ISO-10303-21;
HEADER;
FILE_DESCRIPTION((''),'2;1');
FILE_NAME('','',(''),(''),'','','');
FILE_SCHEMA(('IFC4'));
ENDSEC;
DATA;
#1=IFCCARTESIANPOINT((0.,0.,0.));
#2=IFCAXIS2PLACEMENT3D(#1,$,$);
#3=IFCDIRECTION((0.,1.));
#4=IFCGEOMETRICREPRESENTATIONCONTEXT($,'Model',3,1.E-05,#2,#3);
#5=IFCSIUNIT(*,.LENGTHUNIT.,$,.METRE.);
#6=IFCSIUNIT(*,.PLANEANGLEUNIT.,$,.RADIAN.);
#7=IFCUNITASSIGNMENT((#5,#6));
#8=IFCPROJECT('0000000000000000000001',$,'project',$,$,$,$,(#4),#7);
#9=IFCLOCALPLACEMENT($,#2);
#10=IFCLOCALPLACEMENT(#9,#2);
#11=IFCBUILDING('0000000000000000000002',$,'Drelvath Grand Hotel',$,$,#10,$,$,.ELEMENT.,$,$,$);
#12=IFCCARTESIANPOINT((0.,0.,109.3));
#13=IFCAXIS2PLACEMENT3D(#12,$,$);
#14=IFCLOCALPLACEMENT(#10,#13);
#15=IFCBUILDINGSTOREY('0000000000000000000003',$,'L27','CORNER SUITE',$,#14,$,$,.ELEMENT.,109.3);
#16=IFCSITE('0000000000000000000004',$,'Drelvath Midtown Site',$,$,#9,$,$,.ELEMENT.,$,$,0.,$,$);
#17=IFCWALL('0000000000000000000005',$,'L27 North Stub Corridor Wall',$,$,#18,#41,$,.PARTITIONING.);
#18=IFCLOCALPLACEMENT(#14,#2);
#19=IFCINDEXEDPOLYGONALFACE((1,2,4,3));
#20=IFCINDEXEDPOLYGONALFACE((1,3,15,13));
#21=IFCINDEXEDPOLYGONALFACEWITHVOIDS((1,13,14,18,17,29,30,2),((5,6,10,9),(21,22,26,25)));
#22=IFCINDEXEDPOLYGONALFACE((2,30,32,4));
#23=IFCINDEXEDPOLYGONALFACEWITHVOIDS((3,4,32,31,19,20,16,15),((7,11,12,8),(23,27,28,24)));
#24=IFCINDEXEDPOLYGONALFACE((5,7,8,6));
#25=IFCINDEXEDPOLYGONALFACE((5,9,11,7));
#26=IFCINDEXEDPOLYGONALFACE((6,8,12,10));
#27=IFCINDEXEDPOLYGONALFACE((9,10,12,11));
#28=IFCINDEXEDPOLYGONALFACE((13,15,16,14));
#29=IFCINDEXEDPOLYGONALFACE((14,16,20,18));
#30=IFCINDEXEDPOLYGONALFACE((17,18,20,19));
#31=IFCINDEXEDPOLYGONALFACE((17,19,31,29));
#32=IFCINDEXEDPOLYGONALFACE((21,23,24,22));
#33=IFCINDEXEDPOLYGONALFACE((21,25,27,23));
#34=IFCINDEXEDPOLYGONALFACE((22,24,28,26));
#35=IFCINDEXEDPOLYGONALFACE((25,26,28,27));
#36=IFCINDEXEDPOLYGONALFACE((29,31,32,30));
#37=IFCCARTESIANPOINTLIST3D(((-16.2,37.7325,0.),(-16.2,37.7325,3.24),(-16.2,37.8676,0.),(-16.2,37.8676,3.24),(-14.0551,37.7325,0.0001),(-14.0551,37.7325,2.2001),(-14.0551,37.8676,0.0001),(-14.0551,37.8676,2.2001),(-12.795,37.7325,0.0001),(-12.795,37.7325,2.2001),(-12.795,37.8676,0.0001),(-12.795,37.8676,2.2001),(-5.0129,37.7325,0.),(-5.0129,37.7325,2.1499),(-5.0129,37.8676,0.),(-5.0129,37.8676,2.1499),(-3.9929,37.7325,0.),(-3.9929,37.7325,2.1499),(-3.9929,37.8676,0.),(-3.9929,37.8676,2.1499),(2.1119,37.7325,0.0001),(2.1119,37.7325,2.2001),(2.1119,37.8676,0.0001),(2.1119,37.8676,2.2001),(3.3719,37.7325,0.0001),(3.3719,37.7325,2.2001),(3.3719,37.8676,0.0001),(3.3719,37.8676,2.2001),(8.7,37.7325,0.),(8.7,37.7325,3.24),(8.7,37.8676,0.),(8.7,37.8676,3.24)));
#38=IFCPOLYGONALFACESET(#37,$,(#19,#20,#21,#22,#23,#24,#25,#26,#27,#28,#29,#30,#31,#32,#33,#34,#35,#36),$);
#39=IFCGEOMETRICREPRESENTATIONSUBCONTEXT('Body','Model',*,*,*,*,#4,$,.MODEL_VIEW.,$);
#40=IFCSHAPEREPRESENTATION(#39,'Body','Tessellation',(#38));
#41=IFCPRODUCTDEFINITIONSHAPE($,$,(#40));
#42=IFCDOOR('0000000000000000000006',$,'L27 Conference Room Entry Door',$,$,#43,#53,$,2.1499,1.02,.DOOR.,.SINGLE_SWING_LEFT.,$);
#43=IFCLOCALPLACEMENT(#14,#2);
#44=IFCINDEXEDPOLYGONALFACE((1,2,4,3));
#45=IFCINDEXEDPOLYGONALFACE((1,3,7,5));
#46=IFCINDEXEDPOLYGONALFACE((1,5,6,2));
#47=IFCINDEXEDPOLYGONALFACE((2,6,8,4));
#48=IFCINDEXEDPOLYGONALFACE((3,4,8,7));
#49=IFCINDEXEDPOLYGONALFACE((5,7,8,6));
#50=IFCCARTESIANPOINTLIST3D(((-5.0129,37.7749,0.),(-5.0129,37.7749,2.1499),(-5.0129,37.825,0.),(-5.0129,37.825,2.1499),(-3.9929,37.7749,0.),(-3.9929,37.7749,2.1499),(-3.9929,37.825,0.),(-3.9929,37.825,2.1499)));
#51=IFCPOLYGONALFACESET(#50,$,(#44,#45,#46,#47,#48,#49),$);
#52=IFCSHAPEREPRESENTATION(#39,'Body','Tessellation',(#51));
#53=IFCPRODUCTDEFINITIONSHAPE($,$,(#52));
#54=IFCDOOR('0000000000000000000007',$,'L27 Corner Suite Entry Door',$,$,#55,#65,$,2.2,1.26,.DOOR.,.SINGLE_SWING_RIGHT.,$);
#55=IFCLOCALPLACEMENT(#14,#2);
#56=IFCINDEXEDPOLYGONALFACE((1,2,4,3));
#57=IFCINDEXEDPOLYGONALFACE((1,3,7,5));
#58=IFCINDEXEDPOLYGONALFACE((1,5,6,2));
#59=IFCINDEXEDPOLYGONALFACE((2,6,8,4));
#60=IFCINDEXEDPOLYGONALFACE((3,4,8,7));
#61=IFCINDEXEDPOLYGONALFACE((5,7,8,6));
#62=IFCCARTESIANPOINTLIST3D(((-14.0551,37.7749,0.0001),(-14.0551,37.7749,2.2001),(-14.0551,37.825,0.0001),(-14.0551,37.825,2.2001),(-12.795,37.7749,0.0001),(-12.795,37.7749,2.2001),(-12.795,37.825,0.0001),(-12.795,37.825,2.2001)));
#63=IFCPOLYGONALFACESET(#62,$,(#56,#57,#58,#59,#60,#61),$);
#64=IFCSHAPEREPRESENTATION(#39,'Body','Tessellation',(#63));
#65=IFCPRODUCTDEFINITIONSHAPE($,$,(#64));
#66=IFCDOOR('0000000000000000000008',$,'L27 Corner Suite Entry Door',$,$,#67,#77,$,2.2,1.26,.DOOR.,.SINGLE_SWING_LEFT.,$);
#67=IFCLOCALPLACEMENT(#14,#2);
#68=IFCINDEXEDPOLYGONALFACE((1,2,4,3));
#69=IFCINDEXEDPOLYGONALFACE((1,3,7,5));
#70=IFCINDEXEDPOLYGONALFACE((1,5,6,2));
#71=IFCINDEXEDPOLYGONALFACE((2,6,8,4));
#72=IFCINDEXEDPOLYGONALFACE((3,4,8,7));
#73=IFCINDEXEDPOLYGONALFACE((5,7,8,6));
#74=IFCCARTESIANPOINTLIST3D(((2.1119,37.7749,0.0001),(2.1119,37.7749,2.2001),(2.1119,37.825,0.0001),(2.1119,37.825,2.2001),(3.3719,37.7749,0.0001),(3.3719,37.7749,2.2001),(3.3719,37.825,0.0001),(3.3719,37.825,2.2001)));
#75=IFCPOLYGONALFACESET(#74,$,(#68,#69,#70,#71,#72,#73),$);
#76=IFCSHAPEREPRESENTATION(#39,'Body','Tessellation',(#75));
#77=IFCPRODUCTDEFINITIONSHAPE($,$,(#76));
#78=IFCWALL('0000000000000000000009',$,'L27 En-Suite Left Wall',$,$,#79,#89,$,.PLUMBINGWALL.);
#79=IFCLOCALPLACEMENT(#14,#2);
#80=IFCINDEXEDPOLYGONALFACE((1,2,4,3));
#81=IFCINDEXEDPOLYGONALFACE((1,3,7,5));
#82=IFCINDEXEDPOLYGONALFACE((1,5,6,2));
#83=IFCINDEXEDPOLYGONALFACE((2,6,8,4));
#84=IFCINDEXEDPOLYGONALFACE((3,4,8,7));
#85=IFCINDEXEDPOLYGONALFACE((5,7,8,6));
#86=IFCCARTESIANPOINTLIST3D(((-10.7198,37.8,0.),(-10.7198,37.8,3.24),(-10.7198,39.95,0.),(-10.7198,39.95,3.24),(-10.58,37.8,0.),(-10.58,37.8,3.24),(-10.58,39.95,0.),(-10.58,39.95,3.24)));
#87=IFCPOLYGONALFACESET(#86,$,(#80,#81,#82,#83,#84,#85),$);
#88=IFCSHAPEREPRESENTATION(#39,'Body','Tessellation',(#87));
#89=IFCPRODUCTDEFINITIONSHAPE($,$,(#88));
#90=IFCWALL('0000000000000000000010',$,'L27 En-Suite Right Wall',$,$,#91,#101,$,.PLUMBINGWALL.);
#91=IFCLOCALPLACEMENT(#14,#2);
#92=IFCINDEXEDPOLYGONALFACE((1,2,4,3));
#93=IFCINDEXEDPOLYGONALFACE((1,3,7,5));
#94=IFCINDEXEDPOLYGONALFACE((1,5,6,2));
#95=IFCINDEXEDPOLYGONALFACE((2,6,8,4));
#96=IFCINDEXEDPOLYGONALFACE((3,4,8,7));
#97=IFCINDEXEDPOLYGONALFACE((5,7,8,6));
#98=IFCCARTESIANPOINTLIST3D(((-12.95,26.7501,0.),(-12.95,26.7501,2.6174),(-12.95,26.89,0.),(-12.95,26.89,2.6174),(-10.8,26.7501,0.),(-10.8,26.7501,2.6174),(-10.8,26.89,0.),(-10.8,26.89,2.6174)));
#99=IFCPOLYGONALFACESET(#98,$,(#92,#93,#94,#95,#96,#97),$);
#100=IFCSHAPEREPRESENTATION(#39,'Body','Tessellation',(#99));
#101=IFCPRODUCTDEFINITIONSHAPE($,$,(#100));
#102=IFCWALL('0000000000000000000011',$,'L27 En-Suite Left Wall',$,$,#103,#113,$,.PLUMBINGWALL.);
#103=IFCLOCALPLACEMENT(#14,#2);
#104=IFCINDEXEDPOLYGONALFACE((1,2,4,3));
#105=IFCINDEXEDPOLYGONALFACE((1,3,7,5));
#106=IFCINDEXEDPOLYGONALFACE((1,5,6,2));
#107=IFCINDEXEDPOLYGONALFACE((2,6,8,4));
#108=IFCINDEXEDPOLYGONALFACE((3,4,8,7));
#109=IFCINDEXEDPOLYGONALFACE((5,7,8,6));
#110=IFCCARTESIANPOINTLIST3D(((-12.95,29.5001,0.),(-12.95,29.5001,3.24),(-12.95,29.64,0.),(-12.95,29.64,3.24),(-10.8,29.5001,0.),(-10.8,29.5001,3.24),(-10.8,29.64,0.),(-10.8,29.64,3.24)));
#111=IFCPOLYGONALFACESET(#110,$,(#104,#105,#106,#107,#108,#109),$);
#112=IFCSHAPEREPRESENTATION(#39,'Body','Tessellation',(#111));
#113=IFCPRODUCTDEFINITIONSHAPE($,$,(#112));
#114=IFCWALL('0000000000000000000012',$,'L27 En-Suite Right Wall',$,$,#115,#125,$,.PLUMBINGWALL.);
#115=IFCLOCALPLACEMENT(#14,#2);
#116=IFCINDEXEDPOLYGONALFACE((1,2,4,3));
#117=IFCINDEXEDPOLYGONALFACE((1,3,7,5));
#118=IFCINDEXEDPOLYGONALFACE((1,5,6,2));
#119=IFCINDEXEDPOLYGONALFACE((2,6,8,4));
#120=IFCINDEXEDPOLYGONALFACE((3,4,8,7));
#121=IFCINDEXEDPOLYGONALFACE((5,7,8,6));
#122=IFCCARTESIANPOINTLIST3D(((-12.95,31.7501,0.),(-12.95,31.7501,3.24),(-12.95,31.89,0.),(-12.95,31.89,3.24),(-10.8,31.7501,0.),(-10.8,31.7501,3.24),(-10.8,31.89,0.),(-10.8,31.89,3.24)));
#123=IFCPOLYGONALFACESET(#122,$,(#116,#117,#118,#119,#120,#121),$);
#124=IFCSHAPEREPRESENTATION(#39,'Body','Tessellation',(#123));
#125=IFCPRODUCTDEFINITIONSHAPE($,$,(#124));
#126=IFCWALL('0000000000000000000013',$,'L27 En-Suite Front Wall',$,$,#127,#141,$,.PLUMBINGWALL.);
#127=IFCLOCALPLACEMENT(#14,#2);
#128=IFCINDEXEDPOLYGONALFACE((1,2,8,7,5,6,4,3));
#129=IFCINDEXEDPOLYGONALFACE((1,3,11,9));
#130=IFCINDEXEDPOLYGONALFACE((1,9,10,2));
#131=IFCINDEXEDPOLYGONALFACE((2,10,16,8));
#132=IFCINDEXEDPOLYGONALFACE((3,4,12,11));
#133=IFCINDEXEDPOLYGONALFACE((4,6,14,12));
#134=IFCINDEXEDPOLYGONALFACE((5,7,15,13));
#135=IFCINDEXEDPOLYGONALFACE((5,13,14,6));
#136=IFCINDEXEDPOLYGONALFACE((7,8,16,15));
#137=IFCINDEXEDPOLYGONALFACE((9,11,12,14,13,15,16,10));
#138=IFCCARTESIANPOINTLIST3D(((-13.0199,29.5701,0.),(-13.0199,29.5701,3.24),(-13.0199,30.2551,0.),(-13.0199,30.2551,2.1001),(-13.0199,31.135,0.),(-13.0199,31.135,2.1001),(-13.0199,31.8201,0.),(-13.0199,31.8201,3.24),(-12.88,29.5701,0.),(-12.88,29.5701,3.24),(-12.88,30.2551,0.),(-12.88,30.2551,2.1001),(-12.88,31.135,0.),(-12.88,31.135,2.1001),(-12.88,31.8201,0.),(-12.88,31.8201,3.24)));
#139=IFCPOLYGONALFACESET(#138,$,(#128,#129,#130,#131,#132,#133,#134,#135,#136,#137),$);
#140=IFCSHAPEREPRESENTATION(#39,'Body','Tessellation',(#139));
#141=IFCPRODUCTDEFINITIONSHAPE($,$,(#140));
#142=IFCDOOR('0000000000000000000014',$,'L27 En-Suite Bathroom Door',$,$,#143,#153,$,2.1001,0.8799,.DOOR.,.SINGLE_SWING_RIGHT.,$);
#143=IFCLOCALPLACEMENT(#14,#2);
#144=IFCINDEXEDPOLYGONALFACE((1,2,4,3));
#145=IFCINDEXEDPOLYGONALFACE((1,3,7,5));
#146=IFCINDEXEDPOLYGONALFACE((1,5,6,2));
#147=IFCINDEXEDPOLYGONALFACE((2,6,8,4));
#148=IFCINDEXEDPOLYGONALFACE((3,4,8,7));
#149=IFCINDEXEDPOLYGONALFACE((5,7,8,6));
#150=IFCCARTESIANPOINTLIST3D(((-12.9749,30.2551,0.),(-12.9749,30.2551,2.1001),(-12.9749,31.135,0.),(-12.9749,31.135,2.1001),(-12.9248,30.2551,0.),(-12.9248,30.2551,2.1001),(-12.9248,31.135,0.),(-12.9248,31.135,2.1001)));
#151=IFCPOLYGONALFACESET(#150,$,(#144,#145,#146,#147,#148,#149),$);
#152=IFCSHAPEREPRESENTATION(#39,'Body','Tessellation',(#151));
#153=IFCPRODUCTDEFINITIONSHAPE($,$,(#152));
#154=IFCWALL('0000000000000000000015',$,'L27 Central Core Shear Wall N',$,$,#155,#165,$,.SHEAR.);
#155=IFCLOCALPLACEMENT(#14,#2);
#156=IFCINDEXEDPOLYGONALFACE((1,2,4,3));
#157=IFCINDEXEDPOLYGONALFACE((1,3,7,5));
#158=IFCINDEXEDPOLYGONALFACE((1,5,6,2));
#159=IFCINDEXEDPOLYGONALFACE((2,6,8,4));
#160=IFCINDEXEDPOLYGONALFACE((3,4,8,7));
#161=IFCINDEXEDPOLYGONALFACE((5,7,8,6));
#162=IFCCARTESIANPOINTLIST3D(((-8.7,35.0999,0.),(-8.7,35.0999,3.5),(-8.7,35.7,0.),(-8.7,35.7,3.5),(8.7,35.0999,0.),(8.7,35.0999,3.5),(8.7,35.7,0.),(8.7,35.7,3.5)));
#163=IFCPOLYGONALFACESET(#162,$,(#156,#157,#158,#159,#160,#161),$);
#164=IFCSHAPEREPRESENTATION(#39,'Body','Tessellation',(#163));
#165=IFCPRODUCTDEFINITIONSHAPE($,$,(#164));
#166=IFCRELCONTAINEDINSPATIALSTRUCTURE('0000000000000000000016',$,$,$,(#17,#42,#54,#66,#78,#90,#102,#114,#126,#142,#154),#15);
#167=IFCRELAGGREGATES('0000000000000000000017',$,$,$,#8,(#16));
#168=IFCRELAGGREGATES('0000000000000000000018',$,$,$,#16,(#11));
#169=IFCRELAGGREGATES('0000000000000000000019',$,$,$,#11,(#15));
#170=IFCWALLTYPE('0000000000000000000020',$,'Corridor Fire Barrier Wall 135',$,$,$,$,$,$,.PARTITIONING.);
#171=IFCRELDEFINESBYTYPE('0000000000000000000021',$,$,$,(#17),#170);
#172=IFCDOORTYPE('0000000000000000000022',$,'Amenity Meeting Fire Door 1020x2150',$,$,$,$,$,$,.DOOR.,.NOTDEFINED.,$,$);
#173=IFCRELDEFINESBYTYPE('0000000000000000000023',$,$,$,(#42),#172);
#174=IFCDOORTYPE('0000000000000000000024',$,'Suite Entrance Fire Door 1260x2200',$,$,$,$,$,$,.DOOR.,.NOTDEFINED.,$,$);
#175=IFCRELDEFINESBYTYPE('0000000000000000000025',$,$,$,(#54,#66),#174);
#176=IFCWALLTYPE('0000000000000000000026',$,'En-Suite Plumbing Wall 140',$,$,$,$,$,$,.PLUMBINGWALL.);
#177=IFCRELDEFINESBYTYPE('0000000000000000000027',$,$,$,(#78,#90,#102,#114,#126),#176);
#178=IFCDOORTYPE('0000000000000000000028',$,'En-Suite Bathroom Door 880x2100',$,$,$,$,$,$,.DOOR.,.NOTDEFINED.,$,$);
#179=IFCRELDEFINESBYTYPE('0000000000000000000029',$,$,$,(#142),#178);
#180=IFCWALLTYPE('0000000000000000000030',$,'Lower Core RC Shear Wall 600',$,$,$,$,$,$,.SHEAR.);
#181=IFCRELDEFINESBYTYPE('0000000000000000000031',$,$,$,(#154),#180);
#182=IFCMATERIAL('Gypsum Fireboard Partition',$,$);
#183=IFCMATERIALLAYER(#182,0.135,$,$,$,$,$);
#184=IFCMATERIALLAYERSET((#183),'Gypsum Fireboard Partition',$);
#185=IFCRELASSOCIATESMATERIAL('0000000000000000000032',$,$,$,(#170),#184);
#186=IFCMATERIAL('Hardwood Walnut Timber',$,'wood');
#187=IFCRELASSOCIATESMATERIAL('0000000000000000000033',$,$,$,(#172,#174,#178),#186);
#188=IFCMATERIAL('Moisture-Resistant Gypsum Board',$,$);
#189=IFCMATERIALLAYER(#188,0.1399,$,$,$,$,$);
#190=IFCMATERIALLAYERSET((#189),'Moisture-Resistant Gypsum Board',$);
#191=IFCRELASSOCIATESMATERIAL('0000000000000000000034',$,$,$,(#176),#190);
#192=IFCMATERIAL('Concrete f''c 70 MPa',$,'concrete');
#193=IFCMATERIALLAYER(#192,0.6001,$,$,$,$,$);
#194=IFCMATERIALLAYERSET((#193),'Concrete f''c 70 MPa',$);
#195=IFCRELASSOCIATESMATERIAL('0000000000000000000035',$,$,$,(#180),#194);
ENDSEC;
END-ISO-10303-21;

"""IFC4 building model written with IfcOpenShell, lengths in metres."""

from ifc_helpers import new_model, si_unit, direction, frame, frame_2d, origin, place, context, subcontext, project, spatial, rectangle, extrude, material, layer, layer_set, type_object, element, fill, save


model = new_model("IFC4")

# Units and contexts
model_context = context("Model", 3, precision=1e-05, world=origin(), true_north=direction((0.0, 1.0)))
body_context = subcontext(model_context, "Body", "Model", "MODEL_VIEW")
ifc_project = project(units=[si_unit("LENGTHUNIT", "METRE"), si_unit("PLANEANGLEUNIT", "RADIAN")], contexts=[model_context])

# Site, building, storey
site_placement = place(None, origin())
site = spatial("IfcSite", under=ifc_project, at=site_placement, Name="Drelvath Midtown Site", CompositionType="ELEMENT", RefElevation=0.0)
building_placement = place(site_placement, origin())
building = spatial("IfcBuilding", under=site, at=building_placement, Name="Drelvath Grand Hotel", CompositionType="ELEMENT")
storey_placement = place(building_placement, frame((0.0, 0.0, 109.3)))
storey = spatial("IfcBuildingStorey", under=building, at=storey_placement, Name="L27", Description="CORNER SUITE", CompositionType="ELEMENT", Elevation=109.3)

# Shared definitions
ifc_material_1 = material(Name="Gypsum Fireboard Partition")
ifc_layer_1 = layer(ifc_material_1, 0.135)
ifc_layer_set_1 = layer_set([ifc_layer_1], Name="Gypsum Fireboard Partition")
wall_type_1 = type_object("IfcWallType", Name="Corridor Fire Barrier Wall 135", PredefinedType="PARTITIONING", material=ifc_layer_set_1)

# Wall, openings, doors
wall_1_placement = place(storey_placement, frame((-16.2, 37.8, 0.0), z_axis=(0.0, 0.0, 1.0), x_axis=(1.0, 0.0, 0.0)))
wall_1 = element("IfcWall", 1, at=wall_1_placement, inside=storey, type_object=wall_type_1, Name="L27 North Stub Corridor Wall", PredefinedType="PARTITIONING", context=body_context, shape_type="SweptSolid", body=[
    extrude(rectangle(XDim=24.8999, YDim=0.135, at=frame_2d((12.45, 0.0))), origin(), (0.0, 0.0, 1.0), 3.24),
])
opening_1_placement = place(wall_1_placement, frame((2.145, 0.0, 0.0)))
opening_1 = element("IfcOpeningElement", 2, at=opening_1_placement, cuts=wall_1, PredefinedType="OPENING", context=body_context, shape_type="SweptSolid", body=[
    extrude(rectangle(XDim=1.26, YDim=2.2, at=frame_2d((0.6299, 1.1001))), frame((0.0, 0.0774, 0.0), z_axis=(0.0, -1.0, 0.0), x_axis=(1.0, 0.0, 0.0)), (0.0, 0.0, 1.0), 0.155),
])
opening_2_placement = place(wall_1_placement, frame((11.187, 0.0, 0.0)))
opening_2 = element("IfcOpeningElement", 3, at=opening_2_placement, cuts=wall_1, PredefinedType="OPENING", context=body_context, shape_type="SweptSolid", body=[
    extrude(rectangle(XDim=1.02, YDim=2.1499, at=frame_2d((0.51, 1.075))), frame((0.0, 0.0774, 0.0), z_axis=(0.0, -1.0, 0.0), x_axis=(1.0, 0.0, 0.0)), (0.0, 0.0, 1.0), 0.155),
])
opening_3_placement = place(wall_1_placement, frame((18.312, 0.0, 0.0)))
opening_3 = element("IfcOpeningElement", 4, at=opening_3_placement, cuts=wall_1, PredefinedType="OPENING", context=body_context, shape_type="SweptSolid", body=[
    extrude(rectangle(XDim=1.26, YDim=2.2, at=frame_2d((0.6299, 1.1001))), frame((0.0, 0.0774, 0.0), z_axis=(0.0, -1.0, 0.0), x_axis=(1.0, 0.0, 0.0)), (0.0, 0.0, 1.0), 0.155),
])
ifc_material_2 = material(Name="Hardwood Walnut Timber", Category="wood")
door_type_1 = type_object("IfcDoorType", Name="Amenity Meeting Fire Door 1020x2150", OperationType="NOTDEFINED", PredefinedType="DOOR", material=ifc_material_2)
door_1_placement = place(opening_2_placement, origin())
door_1 = element("IfcDoor", 5, at=door_1_placement, inside=storey, type_object=door_type_1, Name="L27 Conference Room Entry Door", OperationType="SINGLE_SWING_LEFT", OverallHeight=2.1499, OverallWidth=1.02, PredefinedType="DOOR", context=body_context, shape_type="SweptSolid", body=[
    extrude(rectangle(XDim=1.02, YDim=2.1499, at=frame_2d((0.51, 1.075))), frame((0.0, 0.0249, 0.0), z_axis=(0.0, -1.0, 0.0), x_axis=(1.0, 0.0, 0.0)), (0.0, 0.0, 1.0), 0.05),
])
fill(opening_2, door_1)
door_type_2 = type_object("IfcDoorType", Name="Suite Entrance Fire Door 1260x2200", OperationType="NOTDEFINED", PredefinedType="DOOR", material=ifc_material_2)
door_2_placement = place(opening_1_placement, origin())
door_2 = element("IfcDoor", 6, at=door_2_placement, inside=storey, type_object=door_type_2, Name="L27 Corner Suite Entry Door", OperationType="SINGLE_SWING_RIGHT", OverallHeight=2.2, OverallWidth=1.26, PredefinedType="DOOR", context=body_context, shape_type="SweptSolid", body=[
    extrude(rectangle(XDim=1.26, YDim=2.2, at=frame_2d((0.6299, 1.1001))), frame((0.0, 0.0249, 0.0), z_axis=(0.0, -1.0, 0.0), x_axis=(1.0, 0.0, 0.0)), (0.0, 0.0, 1.0), 0.05),
])
fill(opening_1, door_2)
door_3_placement = place(opening_3_placement, origin())
door_3 = element("IfcDoor", 7, at=door_3_placement, inside=storey, type_object=door_type_2, Name="L27 Corner Suite Entry Door", OperationType="SINGLE_SWING_LEFT", OverallHeight=2.2, OverallWidth=1.26, PredefinedType="DOOR", context=body_context, shape_type="SweptSolid", body=[
    extrude(rectangle(XDim=1.26, YDim=2.2, at=frame_2d((0.6299, 1.1001))), frame((0.0, 0.0249, 0.0), z_axis=(0.0, -1.0, 0.0), x_axis=(1.0, 0.0, 0.0)), (0.0, 0.0, 1.0), 0.05),
])
fill(opening_3, door_3)

# Walls
ifc_material_3 = material(Name="Moisture-Resistant Gypsum Board")
ifc_layer_2 = layer(ifc_material_3, 0.1399)
ifc_layer_set_2 = layer_set([ifc_layer_2], Name="Moisture-Resistant Gypsum Board")
wall_type_2 = type_object("IfcWallType", Name="En-Suite Plumbing Wall 140", PredefinedType="PLUMBINGWALL", material=ifc_layer_set_2)
wall_2_placement = place(storey_placement, frame((-10.6499, 37.8, 0.0), z_axis=(0.0, 0.0, 1.0), x_axis=(0.0, 1.0, 0.0)))
element("IfcWall", 8, at=wall_2_placement, inside=storey, type_object=wall_type_2, Name="L27 En-Suite Left Wall", PredefinedType="PLUMBINGWALL", context=body_context, shape_type="SweptSolid", body=[
    extrude(rectangle(XDim=2.1499, YDim=0.1399, at=frame_2d((1.075, 0.0))), origin(), (0.0, 0.0, 1.0), 3.24),
])
wall_3_placement = place(storey_placement, frame((-10.8, 26.8201, 0.0), z_axis=(0.0, 0.0, 1.0), x_axis=(-1.0, 0.0, 0.0)))
element("IfcWall", 9, at=wall_3_placement, inside=storey, type_object=wall_type_2, Name="L27 En-Suite Right Wall", PredefinedType="PLUMBINGWALL", context=body_context, shape_type="SweptSolid", body=[
    extrude(rectangle(XDim=2.1499, YDim=0.1399, at=frame_2d((1.075, 0.0))), origin(), (0.0, 0.0, 1.0), 2.6174),
])
for number, where, z_axis, x_axis, name in (
    (10, (-10.8, 29.5701, 0.0), (0.0, 0.0, 1.0), (-1.0, 0.0, 0.0), "L27 En-Suite Left Wall"),
    (11, (-10.8, 31.8201, 0.0), (0.0, 0.0, 1.0), (-1.0, 0.0, 0.0), "L27 En-Suite Right Wall"),
):
    element("IfcWall", number, at=place(storey_placement, frame(where, z_axis=z_axis, x_axis=x_axis)), inside=storey, type_object=wall_type_2, Name=name, PredefinedType="PLUMBINGWALL", context=body_context, shape_type="SweptSolid", body=[
        extrude(rectangle(XDim=2.1499, YDim=0.1399, at=frame_2d((1.075, 0.0))), origin(), (0.0, 0.0, 1.0), 3.24),
    ])

# Wall, opening, door
wall_4_placement = place(storey_placement, frame((-12.95, 29.5701, 0.0), z_axis=(0.0, 0.0, 1.0), x_axis=(0.0, 1.0, 0.0)))
wall_4 = element("IfcWall", 12, at=wall_4_placement, inside=storey, type_object=wall_type_2, Name="L27 En-Suite Front Wall", PredefinedType="PLUMBINGWALL", context=body_context, shape_type="SweptSolid", body=[
    extrude(rectangle(XDim=2.25, YDim=0.1399, at=frame_2d((1.125, 0.0))), origin(), (0.0, 0.0, 1.0), 3.24),
])
opening_4_placement = place(wall_4_placement, frame((0.6851, 0.0, 0.0)))
opening_4 = element("IfcOpeningElement", 13, at=opening_4_placement, cuts=wall_4, PredefinedType="OPENING", context=body_context, shape_type="SweptSolid", body=[
    extrude(rectangle(XDim=0.8799, YDim=2.1001, at=frame_2d((0.4399, 1.05))), frame((0.0, 0.0798, 0.0), z_axis=(0.0, -1.0, 0.0), x_axis=(1.0, 0.0, 0.0)), (0.0, 0.0, 1.0), 0.1599),
])
door_type_3 = type_object("IfcDoorType", Name="En-Suite Bathroom Door 880x2100", OperationType="NOTDEFINED", PredefinedType="DOOR", material=ifc_material_2)
door_4_placement = place(opening_4_placement, origin())
door_4 = element("IfcDoor", 14, at=door_4_placement, inside=storey, type_object=door_type_3, Name="L27 En-Suite Bathroom Door", OperationType="SINGLE_SWING_RIGHT", OverallHeight=2.1001, OverallWidth=0.8799, PredefinedType="DOOR", context=body_context, shape_type="SweptSolid", body=[
    extrude(rectangle(XDim=0.8799, YDim=2.1001, at=frame_2d((0.4399, 1.05))), frame((0.0, 0.0249, 0.0), z_axis=(0.0, -1.0, 0.0), x_axis=(1.0, 0.0, 0.0)), (0.0, 0.0, 1.0), 0.05),
])
fill(opening_4, door_4)

# Wall
ifc_material_4 = material(Name="Concrete f'c 70 MPa", Category="concrete")
ifc_layer_3 = layer(ifc_material_4, 0.6001)
ifc_layer_set_3 = layer_set([ifc_layer_3], Name="Concrete f'c 70 MPa")
wall_type_3 = type_object("IfcWallType", Name="Lower Core RC Shear Wall 600", PredefinedType="SHEAR", material=ifc_layer_set_3)
wall_5_placement = place(storey_placement, frame((-8.7, 35.3999, 0.0), z_axis=(0.0, 0.0, 1.0), x_axis=(1.0, 0.0, 0.0)))
element("IfcWall", 15, at=wall_5_placement, inside=storey, type_object=wall_type_3, Name="L27 Central Core Shear Wall N", PredefinedType="SHEAR", context=body_context, shape_type="SweptSolid", body=[
    extrude(rectangle(XDim=17.3999, YDim=0.6001, at=frame_2d((8.7, 0.0))), origin(), (0.0, 0.0, 1.0), 3.5),
])

save(model, "model.ifc")
